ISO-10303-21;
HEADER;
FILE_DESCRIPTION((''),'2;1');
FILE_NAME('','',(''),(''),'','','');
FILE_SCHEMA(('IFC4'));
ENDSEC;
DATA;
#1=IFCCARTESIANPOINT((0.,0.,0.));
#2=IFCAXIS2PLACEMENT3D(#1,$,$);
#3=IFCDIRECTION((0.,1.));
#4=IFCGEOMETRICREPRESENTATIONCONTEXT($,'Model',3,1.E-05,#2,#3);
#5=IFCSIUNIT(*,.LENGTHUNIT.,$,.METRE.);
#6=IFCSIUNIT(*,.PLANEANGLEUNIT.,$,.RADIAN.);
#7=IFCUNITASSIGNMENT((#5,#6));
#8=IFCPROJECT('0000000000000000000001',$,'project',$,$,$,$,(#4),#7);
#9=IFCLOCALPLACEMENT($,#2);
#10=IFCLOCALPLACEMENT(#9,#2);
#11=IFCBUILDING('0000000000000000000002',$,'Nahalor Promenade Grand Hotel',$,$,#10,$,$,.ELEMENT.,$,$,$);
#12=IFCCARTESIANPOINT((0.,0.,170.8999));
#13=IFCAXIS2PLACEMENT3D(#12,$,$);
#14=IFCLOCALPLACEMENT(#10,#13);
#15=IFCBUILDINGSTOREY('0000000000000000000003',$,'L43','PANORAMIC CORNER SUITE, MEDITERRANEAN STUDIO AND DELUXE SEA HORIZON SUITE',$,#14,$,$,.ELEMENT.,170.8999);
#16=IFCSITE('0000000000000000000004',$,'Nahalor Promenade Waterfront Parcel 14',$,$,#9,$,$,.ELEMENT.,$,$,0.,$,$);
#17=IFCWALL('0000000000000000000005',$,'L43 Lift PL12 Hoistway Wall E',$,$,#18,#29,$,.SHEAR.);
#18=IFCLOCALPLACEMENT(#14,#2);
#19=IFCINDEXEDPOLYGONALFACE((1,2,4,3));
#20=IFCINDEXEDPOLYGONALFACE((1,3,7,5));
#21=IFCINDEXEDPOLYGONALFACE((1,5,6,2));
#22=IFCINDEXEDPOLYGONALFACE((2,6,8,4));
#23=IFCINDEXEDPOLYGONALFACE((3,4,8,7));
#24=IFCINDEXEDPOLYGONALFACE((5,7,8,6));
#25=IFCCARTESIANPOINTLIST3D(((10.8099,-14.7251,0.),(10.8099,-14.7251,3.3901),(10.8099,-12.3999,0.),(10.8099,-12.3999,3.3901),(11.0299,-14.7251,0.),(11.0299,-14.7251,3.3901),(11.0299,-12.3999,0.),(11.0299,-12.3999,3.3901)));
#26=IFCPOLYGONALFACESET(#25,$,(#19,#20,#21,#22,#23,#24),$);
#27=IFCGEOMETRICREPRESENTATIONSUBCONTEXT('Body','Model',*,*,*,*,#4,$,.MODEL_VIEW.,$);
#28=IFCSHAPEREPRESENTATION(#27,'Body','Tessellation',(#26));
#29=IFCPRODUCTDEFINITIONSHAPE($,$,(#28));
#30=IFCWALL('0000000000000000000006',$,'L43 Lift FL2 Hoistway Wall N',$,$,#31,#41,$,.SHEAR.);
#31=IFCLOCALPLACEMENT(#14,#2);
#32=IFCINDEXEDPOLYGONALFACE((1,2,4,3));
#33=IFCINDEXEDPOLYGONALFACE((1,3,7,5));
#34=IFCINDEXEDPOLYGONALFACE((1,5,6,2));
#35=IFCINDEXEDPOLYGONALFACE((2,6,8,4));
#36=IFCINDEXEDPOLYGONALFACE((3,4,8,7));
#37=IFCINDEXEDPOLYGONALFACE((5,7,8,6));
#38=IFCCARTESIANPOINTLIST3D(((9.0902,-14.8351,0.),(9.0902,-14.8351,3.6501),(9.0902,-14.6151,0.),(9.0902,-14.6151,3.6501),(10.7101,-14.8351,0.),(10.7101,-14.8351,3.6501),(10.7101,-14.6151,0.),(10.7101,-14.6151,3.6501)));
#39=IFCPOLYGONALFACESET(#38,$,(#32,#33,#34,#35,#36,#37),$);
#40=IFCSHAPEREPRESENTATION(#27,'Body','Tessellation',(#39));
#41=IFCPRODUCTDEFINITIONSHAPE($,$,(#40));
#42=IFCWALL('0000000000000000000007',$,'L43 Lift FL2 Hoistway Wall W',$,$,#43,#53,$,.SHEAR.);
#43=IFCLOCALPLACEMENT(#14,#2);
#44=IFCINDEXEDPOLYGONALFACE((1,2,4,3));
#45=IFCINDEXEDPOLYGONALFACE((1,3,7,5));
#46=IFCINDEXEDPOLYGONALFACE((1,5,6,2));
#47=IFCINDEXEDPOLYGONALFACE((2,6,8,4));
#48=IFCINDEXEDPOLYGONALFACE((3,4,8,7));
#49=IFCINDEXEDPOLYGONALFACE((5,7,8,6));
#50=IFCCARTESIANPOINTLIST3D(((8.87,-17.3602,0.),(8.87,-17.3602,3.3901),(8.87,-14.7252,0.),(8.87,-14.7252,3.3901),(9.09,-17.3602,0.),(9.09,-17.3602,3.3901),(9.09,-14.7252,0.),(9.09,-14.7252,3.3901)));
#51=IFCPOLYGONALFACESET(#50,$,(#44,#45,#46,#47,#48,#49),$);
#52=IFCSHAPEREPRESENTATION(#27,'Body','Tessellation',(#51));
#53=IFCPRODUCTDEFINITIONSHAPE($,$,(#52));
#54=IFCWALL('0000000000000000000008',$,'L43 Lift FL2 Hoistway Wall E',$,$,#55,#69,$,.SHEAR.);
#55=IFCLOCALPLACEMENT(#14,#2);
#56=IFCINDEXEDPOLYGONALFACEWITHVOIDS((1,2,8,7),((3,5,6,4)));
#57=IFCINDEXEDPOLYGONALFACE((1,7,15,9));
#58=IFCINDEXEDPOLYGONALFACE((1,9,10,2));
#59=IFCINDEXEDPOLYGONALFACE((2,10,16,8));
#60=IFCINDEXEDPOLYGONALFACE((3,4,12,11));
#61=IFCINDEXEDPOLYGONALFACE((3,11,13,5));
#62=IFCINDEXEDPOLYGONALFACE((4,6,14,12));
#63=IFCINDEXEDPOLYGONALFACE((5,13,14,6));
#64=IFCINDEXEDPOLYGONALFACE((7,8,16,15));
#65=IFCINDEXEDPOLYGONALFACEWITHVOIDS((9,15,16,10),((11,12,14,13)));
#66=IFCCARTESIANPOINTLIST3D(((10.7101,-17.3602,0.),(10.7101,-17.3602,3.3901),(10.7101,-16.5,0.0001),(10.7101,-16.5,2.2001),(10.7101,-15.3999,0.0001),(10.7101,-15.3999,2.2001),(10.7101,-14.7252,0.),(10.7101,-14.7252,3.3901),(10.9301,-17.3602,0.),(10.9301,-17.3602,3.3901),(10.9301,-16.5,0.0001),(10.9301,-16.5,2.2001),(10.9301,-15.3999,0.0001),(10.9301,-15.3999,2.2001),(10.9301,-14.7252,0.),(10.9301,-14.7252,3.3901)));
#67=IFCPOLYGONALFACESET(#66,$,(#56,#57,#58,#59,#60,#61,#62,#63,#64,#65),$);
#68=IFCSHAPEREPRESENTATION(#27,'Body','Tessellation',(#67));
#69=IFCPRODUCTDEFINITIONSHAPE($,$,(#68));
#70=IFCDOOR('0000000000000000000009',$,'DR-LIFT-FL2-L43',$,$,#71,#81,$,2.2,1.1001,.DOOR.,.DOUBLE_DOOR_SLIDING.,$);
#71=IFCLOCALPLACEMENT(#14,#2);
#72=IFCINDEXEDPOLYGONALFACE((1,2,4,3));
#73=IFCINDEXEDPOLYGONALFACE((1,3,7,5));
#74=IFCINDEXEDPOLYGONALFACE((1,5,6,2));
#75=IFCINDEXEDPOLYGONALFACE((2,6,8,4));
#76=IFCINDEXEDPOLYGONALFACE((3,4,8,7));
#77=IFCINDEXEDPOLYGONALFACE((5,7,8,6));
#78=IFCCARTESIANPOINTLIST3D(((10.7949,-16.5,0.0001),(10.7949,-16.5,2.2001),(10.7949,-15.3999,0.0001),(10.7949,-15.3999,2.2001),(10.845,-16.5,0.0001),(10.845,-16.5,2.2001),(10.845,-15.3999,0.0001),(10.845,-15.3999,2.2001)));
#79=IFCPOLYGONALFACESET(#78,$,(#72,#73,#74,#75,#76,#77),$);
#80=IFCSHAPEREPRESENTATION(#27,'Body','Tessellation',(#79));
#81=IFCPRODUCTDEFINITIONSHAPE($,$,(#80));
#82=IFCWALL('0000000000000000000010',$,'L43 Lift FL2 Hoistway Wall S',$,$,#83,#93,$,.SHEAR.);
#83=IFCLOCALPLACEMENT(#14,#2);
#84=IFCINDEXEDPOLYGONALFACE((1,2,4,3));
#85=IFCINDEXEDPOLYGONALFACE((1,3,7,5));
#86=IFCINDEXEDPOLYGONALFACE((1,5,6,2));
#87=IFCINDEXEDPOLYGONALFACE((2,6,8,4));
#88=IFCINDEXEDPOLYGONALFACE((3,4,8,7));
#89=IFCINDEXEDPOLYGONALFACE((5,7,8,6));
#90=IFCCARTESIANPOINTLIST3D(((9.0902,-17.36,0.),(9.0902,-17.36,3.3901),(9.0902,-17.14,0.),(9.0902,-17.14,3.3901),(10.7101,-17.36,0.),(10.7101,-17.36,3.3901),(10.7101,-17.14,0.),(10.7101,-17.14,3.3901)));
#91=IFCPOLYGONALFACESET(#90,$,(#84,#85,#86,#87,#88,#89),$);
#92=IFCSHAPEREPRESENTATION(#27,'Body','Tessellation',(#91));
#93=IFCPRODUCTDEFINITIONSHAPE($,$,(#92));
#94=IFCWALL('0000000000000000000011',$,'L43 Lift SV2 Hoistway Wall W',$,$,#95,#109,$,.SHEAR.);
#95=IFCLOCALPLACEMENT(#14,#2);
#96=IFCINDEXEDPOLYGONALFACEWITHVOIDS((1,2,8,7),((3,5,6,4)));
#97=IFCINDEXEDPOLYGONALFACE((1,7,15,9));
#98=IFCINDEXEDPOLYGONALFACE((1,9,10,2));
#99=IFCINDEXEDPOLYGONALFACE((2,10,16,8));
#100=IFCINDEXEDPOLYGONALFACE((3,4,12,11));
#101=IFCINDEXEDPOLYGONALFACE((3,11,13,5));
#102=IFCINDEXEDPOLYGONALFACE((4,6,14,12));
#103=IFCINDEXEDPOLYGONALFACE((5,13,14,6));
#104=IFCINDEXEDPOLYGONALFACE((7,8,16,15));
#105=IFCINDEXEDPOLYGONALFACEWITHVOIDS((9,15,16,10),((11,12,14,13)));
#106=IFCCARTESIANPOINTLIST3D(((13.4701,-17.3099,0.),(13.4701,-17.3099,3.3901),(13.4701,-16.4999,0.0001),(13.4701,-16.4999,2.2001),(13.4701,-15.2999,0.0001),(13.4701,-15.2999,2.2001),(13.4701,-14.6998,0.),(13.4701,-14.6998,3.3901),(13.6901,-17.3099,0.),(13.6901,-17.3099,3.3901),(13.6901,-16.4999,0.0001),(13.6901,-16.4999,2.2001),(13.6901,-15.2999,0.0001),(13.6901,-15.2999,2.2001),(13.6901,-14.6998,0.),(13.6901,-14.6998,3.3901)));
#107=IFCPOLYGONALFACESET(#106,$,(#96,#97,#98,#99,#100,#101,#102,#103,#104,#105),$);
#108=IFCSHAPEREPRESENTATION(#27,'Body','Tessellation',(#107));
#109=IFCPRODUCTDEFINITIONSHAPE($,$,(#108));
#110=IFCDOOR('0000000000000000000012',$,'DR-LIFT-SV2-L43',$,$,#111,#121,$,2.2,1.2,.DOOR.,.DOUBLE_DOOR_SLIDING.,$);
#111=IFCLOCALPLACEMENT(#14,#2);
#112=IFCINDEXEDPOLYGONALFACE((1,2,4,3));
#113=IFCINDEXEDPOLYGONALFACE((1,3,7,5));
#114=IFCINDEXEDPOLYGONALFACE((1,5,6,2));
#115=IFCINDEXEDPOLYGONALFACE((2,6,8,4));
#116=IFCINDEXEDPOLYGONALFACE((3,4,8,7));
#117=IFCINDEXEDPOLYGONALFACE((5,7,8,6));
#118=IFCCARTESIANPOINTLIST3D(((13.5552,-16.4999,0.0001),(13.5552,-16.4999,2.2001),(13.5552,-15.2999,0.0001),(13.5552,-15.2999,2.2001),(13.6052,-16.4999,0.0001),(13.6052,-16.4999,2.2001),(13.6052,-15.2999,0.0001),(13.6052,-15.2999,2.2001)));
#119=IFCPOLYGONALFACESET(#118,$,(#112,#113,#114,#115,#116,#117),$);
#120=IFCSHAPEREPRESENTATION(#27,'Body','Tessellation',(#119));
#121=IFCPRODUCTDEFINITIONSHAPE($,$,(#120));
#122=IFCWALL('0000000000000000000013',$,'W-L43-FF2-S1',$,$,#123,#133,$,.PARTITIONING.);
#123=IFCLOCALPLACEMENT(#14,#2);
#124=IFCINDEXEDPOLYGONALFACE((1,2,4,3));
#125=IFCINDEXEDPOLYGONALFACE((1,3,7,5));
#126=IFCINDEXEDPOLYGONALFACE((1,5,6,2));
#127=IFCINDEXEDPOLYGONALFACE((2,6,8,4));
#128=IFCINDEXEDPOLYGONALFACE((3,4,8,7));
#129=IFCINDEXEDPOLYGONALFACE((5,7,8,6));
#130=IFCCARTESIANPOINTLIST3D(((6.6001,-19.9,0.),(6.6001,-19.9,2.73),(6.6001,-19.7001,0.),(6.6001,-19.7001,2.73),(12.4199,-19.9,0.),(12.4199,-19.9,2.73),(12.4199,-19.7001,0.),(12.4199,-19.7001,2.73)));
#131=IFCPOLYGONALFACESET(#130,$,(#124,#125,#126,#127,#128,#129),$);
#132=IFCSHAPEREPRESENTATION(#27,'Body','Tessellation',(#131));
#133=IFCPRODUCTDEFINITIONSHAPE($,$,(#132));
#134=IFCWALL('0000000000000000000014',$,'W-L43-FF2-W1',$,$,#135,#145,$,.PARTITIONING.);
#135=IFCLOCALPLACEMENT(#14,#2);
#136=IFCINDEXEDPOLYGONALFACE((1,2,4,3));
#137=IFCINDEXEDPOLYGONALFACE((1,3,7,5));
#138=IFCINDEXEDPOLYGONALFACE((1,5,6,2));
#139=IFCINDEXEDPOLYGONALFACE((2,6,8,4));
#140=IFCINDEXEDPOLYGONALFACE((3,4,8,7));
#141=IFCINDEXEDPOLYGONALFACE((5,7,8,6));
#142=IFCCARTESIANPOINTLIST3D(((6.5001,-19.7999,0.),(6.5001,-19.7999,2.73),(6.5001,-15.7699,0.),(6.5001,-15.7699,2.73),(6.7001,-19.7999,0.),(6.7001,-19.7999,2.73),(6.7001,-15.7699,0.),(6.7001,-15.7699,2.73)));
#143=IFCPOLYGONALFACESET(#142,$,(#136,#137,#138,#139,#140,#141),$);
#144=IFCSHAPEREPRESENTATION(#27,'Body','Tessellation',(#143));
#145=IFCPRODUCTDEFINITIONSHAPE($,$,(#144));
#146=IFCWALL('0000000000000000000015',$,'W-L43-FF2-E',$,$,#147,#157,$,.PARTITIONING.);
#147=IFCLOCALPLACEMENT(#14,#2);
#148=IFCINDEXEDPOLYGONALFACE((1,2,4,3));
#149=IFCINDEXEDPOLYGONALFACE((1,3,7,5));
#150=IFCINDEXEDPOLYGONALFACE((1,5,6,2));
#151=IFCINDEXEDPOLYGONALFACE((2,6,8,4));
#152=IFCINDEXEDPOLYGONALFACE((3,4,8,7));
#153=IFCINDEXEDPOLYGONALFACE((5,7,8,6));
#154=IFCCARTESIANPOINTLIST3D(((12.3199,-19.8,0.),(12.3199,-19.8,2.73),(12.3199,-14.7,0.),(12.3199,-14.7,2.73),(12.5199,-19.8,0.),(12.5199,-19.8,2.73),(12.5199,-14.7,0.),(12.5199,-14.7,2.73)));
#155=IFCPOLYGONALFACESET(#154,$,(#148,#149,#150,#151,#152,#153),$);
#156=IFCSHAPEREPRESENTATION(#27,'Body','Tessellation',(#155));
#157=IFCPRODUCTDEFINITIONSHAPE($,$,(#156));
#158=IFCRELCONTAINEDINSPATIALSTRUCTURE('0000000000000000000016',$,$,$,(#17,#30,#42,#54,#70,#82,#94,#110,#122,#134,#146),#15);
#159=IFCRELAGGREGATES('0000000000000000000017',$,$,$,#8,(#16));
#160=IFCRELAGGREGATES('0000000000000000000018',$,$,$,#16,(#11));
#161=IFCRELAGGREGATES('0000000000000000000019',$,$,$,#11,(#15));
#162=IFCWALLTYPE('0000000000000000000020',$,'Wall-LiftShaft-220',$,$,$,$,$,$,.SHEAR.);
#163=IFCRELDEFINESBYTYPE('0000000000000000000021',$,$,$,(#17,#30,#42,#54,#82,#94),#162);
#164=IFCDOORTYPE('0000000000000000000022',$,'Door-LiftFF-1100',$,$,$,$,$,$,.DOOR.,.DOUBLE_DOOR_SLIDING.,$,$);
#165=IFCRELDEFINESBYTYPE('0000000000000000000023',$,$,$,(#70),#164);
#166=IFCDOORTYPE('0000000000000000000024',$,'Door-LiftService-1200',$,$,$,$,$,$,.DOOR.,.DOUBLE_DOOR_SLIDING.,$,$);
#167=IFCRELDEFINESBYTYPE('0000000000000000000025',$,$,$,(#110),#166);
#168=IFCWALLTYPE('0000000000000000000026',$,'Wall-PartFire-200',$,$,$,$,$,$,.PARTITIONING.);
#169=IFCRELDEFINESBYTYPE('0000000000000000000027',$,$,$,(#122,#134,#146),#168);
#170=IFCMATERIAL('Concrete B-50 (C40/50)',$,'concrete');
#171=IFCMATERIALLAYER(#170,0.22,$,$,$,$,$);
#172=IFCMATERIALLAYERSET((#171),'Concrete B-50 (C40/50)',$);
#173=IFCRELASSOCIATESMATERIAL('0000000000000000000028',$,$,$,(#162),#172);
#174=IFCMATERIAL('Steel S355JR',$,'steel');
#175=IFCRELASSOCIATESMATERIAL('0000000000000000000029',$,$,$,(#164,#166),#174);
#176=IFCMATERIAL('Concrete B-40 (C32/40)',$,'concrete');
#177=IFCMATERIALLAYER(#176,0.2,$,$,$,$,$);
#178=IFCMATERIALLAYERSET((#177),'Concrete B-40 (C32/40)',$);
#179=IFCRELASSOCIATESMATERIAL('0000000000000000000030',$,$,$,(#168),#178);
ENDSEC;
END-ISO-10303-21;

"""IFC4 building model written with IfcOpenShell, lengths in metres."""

from ifc_helpers import new_model, si_unit, direction, frame, frame_2d, origin, place, context, subcontext, project, spatial, rectangle, extrude, source, transform, mapped, material, layer, layer_set, type_object, element, fill, save


model = new_model("IFC4")

# Units and contexts
model_context = context("Model", 3, precision=1e-05, world=origin(), true_north=direction((0.0, 1.0)))
body_context = subcontext(model_context, "Body", "Model", "MODEL_VIEW")
ifc_project = project(units=[si_unit("LENGTHUNIT", "METRE"), si_unit("PLANEANGLEUNIT", "RADIAN")], contexts=[model_context])

# Site, building, storey
site_placement = place(None, origin())
site = spatial("IfcSite", under=ifc_project, at=site_placement, Name="Nahalor Promenade Waterfront Parcel 14", CompositionType="ELEMENT", RefElevation=0.0)
building_placement = place(site_placement, origin())
building = spatial("IfcBuilding", under=site, at=building_placement, Name="Nahalor Promenade Grand Hotel", CompositionType="ELEMENT")
storey_placement = place(building_placement, frame((0.0, 0.0, 170.8999)))
storey = spatial("IfcBuildingStorey", under=building, at=storey_placement, Name="L43", Description="PANORAMIC CORNER SUITE, MEDITERRANEAN STUDIO AND DELUXE SEA HORIZON SUITE", CompositionType="ELEMENT", Elevation=170.8999)

# Shared definitions
ifc_material_1 = material(Name="Steel S355JR", Category="steel")

# Shared definitions
ifc_material_2 = material(Name="Concrete B-50 (C40/50)", Category="concrete")

# Shared definitions
ifc_layer_1 = layer(ifc_material_2, 0.22)
ifc_layer_set_1 = layer_set([ifc_layer_1], Name="Concrete B-50 (C40/50)")
wall_type_1 = type_object("IfcWallType", Name="Wall-LiftShaft-220", PredefinedType="SHEAR", material=ifc_layer_set_1)

# Walls
shared_shape_1 = source(origin(), body_context, "Body", "SweptSolid", [
    extrude(rectangle(XDim=2.3252, YDim=0.22, at=frame_2d((1.1626, 0.0))), origin(), (0.0, 0.0, 1.0), 3.3901),
])
for number, where, z_axis, x_axis, name in (
    (1, (10.9199, -14.7251, 0.0), (0.0, 0.0, 1.0), (0.0, 1.0, 0.0), "L43 Lift PL12 Hoistway Wall E"),
):
    element("IfcWall", number, at=place(storey_placement, frame(where, z_axis=z_axis, x_axis=x_axis)), inside=storey, type_object=wall_type_1, Name=name, PredefinedType="SHEAR", context=body_context, shape_type="MappedRepresentation", body=[
        mapped(shared_shape_1, transform((0.0, 0.0, 0.0), scale=1.0)),
    ])
shared_shape_2 = source(origin(), body_context, "Body", "SweptSolid", [
    extrude(rectangle(XDim=1.6199, YDim=0.22, at=frame_2d((0.8101, 0.0))), origin(), (0.0, 0.0, 1.0), 3.6501),
])
wall_1_placement = place(storey_placement, frame((9.0901, -14.7251, 0.0), z_axis=(0.0, 0.0, 1.0), x_axis=(1.0, 0.0, 0.0)))
element("IfcWall", 2, at=wall_1_placement, inside=storey, type_object=wall_type_1, Name="L43 Lift FL2 Hoistway Wall N", PredefinedType="SHEAR", context=body_context, shape_type="MappedRepresentation", body=[
    mapped(shared_shape_2, transform((0.0, 0.0, 0.0), scale=1.0)),
])
shared_shape_3 = source(origin(), body_context, "Body", "SweptSolid", [
    extrude(rectangle(XDim=2.635, YDim=0.22, at=frame_2d((1.3174, 0.0))), origin(), (0.0, 0.0, 1.0), 3.3901),
])
wall_2_placement = place(storey_placement, frame((8.98, -17.3601, 0.0), z_axis=(0.0, 0.0, 1.0), x_axis=(0.0, 1.0, 0.0)))
element("IfcWall", 3, at=wall_2_placement, inside=storey, type_object=wall_type_1, Name="L43 Lift FL2 Hoistway Wall W", PredefinedType="SHEAR", context=body_context, shape_type="MappedRepresentation", body=[
    mapped(shared_shape_3, transform((0.0, 0.0, 0.0), scale=1.0)),
])

# Wall, opening, door
wall_3_placement = place(storey_placement, frame((10.8201, -17.3601, 0.0), z_axis=(0.0, 0.0, 1.0), x_axis=(0.0, 1.0, 0.0)))
wall_3 = element("IfcWall", 4, at=wall_3_placement, inside=storey, type_object=wall_type_1, Name="L43 Lift FL2 Hoistway Wall E", PredefinedType="SHEAR", context=body_context, shape_type="MappedRepresentation", body=[
    mapped(shared_shape_3, transform((0.0, 0.0, 0.0), scale=1.0)),
])
opening_1_placement = place(wall_3_placement, frame((0.8601, 0.0, 0.0)))
opening_1 = element("IfcOpeningElement", 5, at=opening_1_placement, cuts=wall_3, PredefinedType="OPENING", context=body_context, shape_type="SweptSolid", body=[
    extrude(rectangle(XDim=1.1001, YDim=2.2, at=frame_2d((0.55, 1.1001))), frame((0.0, 0.1199, 0.0), z_axis=(0.0, -1.0, 0.0), x_axis=(1.0, 0.0, 0.0)), (0.0, 0.0, 1.0), 0.24),
])
door_type_1 = type_object("IfcDoorType", Name="Door-LiftFF-1100", OperationType="DOUBLE_DOOR_SLIDING", PredefinedType="DOOR", material=ifc_material_1)
shared_shape_4 = source(origin(), body_context, "Body", "SweptSolid", [
    extrude(rectangle(XDim=1.1001, YDim=2.2, at=frame_2d((0.55, 1.1001))), frame((0.0, 0.0249, 0.0), z_axis=(0.0, -1.0, 0.0), x_axis=(1.0, 0.0, 0.0)), (0.0, 0.0, 1.0), 0.05),
])
door_1_placement = place(opening_1_placement, frame((1.1001, 0.0, 0.0), z_axis=(0.0, 0.0, 1.0), x_axis=(-1.0, 0.0, 0.0)))
door_1 = element("IfcDoor", 6, at=door_1_placement, inside=storey, type_object=door_type_1, Name="DR-LIFT-FL2-L43", OperationType="DOUBLE_DOOR_SLIDING", OverallHeight=2.2, OverallWidth=1.1001, PredefinedType="DOOR", context=body_context, shape_type="MappedRepresentation", body=[
    mapped(shared_shape_4, transform((0.0, 0.0, 0.0), scale=1.0)),
])
fill(opening_1, door_1)

# Wall
shared_shape_5 = source(origin(), body_context, "Body", "SweptSolid", [
    extrude(rectangle(XDim=1.6199, YDim=0.22, at=frame_2d((0.8101, 0.0))), origin(), (0.0, 0.0, 1.0), 3.3901),
])
wall_4_placement = place(storey_placement, frame((9.0901, -17.25, 0.0), z_axis=(0.0, 0.0, 1.0), x_axis=(1.0, 0.0, 0.0)))
element("IfcWall", 7, at=wall_4_placement, inside=storey, type_object=wall_type_1, Name="L43 Lift FL2 Hoistway Wall S", PredefinedType="SHEAR", context=body_context, shape_type="MappedRepresentation", body=[
    mapped(shared_shape_5, transform((0.0, 0.0, 0.0), scale=1.0)),
])

# Wall, opening, door
shared_shape_6 = source(origin(), body_context, "Body", "SweptSolid", [
    extrude(rectangle(XDim=2.6101, YDim=0.22, at=frame_2d((1.3052, 0.0))), origin(), (0.0, 0.0, 1.0), 3.3901),
])
wall_5_placement = place(storey_placement, frame((13.5801, -17.3101, 0.0), z_axis=(0.0, 0.0, 1.0), x_axis=(0.0, 1.0, 0.0)))
wall_5 = element("IfcWall", 8, at=wall_5_placement, inside=storey, type_object=wall_type_1, Name="L43 Lift SV2 Hoistway Wall W", PredefinedType="SHEAR", context=body_context, shape_type="MappedRepresentation", body=[
    mapped(shared_shape_6, transform((0.0, 0.0, 0.0), scale=1.0)),
])
opening_2_placement = place(wall_5_placement, frame((0.8101, 0.0, 0.0)))
opening_2 = element("IfcOpeningElement", 9, at=opening_2_placement, cuts=wall_5, PredefinedType="OPENING", context=body_context, shape_type="SweptSolid", body=[
    extrude(rectangle(XDim=1.2, YDim=2.2, at=frame_2d((0.6001, 1.1001))), frame((0.0, 0.1199, 0.0), z_axis=(0.0, -1.0, 0.0), x_axis=(1.0, 0.0, 0.0)), (0.0, 0.0, 1.0), 0.24),
])
door_type_2 = type_object("IfcDoorType", Name="Door-LiftService-1200", OperationType="DOUBLE_DOOR_SLIDING", PredefinedType="DOOR", material=ifc_material_1)
shared_shape_7 = source(origin(), body_context, "Body", "SweptSolid", [
    extrude(rectangle(XDim=1.2, YDim=2.2, at=frame_2d((0.6001, 1.1001))), frame((0.0, 0.0249, 0.0), z_axis=(0.0, -1.0, 0.0), x_axis=(1.0, 0.0, 0.0)), (0.0, 0.0, 1.0), 0.05),
])
door_2_placement = place(opening_2_placement, origin())
door_2 = element("IfcDoor", 10, at=door_2_placement, inside=storey, type_object=door_type_2, Name="DR-LIFT-SV2-L43", OperationType="DOUBLE_DOOR_SLIDING", OverallHeight=2.2, OverallWidth=1.2, PredefinedType="DOOR", context=body_context, shape_type="MappedRepresentation", body=[
    mapped(shared_shape_7, transform((0.0, 0.0, 0.0), scale=1.0)),
])
fill(opening_2, door_2)

# Walls
ifc_material_3 = material(Name="Concrete B-40 (C32/40)", Category="concrete")
ifc_layer_2 = layer(ifc_material_3, 0.2)
ifc_layer_set_2 = layer_set([ifc_layer_2], Name="Concrete B-40 (C32/40)")
wall_type_2 = type_object("IfcWallType", Name="Wall-PartFire-200", PredefinedType="PARTITIONING", material=ifc_layer_set_2)
shared_shape_8 = source(origin(), body_context, "Body", "SweptSolid", [
    extrude(rectangle(XDim=5.8198, YDim=0.2, at=frame_2d((2.9099, 0.0))), origin(), (0.0, 0.0, 1.0), 2.73),
])
wall_6_placement = place(storey_placement, frame((6.6001, -19.8, 0.0), z_axis=(0.0, 0.0, 1.0), x_axis=(1.0, 0.0, 0.0)))
element("IfcWall", 11, at=wall_6_placement, inside=storey, type_object=wall_type_2, Name="W-L43-FF2-S1", PredefinedType="PARTITIONING", context=body_context, shape_type="MappedRepresentation", body=[
    mapped(shared_shape_8, transform((0.0, 0.0, 0.0), scale=1.0)),
])
shared_shape_9 = source(origin(), body_context, "Body", "SweptSolid", [
    extrude(rectangle(XDim=4.03, YDim=0.2, at=frame_2d((2.0151, 0.0))), origin(), (0.0, 0.0, 1.0), 2.73),
])
wall_7_placement = place(storey_placement, frame((6.6001, -19.8, 0.0), z_axis=(0.0, 0.0, 1.0), x_axis=(0.0, 1.0, 0.0)))
element("IfcWall", 12, at=wall_7_placement, inside=storey, type_object=wall_type_2, Name="W-L43-FF2-W1", PredefinedType="PARTITIONING", context=body_context, shape_type="MappedRepresentation", body=[
    mapped(shared_shape_9, transform((0.0, 0.0, 0.0), scale=1.0)),
])
shared_shape_10 = source(origin(), body_context, "Body", "SweptSolid", [
    extrude(rectangle(XDim=5.1001, YDim=0.2, at=frame_2d((2.55, 0.0))), origin(), (0.0, 0.0, 1.0), 2.73),
])
wall_8_placement = place(storey_placement, frame((12.4199, -19.8, 0.0), z_axis=(0.0, 0.0, 1.0), x_axis=(0.0, 1.0, 0.0)))
element("IfcWall", 13, at=wall_8_placement, inside=storey, type_object=wall_type_2, Name="W-L43-FF2-E", PredefinedType="PARTITIONING", context=body_context, shape_type="MappedRepresentation", body=[
    mapped(shared_shape_10, transform((0.0, 0.0, 0.0), scale=1.0)),
])

save(model, "model.ifc")
